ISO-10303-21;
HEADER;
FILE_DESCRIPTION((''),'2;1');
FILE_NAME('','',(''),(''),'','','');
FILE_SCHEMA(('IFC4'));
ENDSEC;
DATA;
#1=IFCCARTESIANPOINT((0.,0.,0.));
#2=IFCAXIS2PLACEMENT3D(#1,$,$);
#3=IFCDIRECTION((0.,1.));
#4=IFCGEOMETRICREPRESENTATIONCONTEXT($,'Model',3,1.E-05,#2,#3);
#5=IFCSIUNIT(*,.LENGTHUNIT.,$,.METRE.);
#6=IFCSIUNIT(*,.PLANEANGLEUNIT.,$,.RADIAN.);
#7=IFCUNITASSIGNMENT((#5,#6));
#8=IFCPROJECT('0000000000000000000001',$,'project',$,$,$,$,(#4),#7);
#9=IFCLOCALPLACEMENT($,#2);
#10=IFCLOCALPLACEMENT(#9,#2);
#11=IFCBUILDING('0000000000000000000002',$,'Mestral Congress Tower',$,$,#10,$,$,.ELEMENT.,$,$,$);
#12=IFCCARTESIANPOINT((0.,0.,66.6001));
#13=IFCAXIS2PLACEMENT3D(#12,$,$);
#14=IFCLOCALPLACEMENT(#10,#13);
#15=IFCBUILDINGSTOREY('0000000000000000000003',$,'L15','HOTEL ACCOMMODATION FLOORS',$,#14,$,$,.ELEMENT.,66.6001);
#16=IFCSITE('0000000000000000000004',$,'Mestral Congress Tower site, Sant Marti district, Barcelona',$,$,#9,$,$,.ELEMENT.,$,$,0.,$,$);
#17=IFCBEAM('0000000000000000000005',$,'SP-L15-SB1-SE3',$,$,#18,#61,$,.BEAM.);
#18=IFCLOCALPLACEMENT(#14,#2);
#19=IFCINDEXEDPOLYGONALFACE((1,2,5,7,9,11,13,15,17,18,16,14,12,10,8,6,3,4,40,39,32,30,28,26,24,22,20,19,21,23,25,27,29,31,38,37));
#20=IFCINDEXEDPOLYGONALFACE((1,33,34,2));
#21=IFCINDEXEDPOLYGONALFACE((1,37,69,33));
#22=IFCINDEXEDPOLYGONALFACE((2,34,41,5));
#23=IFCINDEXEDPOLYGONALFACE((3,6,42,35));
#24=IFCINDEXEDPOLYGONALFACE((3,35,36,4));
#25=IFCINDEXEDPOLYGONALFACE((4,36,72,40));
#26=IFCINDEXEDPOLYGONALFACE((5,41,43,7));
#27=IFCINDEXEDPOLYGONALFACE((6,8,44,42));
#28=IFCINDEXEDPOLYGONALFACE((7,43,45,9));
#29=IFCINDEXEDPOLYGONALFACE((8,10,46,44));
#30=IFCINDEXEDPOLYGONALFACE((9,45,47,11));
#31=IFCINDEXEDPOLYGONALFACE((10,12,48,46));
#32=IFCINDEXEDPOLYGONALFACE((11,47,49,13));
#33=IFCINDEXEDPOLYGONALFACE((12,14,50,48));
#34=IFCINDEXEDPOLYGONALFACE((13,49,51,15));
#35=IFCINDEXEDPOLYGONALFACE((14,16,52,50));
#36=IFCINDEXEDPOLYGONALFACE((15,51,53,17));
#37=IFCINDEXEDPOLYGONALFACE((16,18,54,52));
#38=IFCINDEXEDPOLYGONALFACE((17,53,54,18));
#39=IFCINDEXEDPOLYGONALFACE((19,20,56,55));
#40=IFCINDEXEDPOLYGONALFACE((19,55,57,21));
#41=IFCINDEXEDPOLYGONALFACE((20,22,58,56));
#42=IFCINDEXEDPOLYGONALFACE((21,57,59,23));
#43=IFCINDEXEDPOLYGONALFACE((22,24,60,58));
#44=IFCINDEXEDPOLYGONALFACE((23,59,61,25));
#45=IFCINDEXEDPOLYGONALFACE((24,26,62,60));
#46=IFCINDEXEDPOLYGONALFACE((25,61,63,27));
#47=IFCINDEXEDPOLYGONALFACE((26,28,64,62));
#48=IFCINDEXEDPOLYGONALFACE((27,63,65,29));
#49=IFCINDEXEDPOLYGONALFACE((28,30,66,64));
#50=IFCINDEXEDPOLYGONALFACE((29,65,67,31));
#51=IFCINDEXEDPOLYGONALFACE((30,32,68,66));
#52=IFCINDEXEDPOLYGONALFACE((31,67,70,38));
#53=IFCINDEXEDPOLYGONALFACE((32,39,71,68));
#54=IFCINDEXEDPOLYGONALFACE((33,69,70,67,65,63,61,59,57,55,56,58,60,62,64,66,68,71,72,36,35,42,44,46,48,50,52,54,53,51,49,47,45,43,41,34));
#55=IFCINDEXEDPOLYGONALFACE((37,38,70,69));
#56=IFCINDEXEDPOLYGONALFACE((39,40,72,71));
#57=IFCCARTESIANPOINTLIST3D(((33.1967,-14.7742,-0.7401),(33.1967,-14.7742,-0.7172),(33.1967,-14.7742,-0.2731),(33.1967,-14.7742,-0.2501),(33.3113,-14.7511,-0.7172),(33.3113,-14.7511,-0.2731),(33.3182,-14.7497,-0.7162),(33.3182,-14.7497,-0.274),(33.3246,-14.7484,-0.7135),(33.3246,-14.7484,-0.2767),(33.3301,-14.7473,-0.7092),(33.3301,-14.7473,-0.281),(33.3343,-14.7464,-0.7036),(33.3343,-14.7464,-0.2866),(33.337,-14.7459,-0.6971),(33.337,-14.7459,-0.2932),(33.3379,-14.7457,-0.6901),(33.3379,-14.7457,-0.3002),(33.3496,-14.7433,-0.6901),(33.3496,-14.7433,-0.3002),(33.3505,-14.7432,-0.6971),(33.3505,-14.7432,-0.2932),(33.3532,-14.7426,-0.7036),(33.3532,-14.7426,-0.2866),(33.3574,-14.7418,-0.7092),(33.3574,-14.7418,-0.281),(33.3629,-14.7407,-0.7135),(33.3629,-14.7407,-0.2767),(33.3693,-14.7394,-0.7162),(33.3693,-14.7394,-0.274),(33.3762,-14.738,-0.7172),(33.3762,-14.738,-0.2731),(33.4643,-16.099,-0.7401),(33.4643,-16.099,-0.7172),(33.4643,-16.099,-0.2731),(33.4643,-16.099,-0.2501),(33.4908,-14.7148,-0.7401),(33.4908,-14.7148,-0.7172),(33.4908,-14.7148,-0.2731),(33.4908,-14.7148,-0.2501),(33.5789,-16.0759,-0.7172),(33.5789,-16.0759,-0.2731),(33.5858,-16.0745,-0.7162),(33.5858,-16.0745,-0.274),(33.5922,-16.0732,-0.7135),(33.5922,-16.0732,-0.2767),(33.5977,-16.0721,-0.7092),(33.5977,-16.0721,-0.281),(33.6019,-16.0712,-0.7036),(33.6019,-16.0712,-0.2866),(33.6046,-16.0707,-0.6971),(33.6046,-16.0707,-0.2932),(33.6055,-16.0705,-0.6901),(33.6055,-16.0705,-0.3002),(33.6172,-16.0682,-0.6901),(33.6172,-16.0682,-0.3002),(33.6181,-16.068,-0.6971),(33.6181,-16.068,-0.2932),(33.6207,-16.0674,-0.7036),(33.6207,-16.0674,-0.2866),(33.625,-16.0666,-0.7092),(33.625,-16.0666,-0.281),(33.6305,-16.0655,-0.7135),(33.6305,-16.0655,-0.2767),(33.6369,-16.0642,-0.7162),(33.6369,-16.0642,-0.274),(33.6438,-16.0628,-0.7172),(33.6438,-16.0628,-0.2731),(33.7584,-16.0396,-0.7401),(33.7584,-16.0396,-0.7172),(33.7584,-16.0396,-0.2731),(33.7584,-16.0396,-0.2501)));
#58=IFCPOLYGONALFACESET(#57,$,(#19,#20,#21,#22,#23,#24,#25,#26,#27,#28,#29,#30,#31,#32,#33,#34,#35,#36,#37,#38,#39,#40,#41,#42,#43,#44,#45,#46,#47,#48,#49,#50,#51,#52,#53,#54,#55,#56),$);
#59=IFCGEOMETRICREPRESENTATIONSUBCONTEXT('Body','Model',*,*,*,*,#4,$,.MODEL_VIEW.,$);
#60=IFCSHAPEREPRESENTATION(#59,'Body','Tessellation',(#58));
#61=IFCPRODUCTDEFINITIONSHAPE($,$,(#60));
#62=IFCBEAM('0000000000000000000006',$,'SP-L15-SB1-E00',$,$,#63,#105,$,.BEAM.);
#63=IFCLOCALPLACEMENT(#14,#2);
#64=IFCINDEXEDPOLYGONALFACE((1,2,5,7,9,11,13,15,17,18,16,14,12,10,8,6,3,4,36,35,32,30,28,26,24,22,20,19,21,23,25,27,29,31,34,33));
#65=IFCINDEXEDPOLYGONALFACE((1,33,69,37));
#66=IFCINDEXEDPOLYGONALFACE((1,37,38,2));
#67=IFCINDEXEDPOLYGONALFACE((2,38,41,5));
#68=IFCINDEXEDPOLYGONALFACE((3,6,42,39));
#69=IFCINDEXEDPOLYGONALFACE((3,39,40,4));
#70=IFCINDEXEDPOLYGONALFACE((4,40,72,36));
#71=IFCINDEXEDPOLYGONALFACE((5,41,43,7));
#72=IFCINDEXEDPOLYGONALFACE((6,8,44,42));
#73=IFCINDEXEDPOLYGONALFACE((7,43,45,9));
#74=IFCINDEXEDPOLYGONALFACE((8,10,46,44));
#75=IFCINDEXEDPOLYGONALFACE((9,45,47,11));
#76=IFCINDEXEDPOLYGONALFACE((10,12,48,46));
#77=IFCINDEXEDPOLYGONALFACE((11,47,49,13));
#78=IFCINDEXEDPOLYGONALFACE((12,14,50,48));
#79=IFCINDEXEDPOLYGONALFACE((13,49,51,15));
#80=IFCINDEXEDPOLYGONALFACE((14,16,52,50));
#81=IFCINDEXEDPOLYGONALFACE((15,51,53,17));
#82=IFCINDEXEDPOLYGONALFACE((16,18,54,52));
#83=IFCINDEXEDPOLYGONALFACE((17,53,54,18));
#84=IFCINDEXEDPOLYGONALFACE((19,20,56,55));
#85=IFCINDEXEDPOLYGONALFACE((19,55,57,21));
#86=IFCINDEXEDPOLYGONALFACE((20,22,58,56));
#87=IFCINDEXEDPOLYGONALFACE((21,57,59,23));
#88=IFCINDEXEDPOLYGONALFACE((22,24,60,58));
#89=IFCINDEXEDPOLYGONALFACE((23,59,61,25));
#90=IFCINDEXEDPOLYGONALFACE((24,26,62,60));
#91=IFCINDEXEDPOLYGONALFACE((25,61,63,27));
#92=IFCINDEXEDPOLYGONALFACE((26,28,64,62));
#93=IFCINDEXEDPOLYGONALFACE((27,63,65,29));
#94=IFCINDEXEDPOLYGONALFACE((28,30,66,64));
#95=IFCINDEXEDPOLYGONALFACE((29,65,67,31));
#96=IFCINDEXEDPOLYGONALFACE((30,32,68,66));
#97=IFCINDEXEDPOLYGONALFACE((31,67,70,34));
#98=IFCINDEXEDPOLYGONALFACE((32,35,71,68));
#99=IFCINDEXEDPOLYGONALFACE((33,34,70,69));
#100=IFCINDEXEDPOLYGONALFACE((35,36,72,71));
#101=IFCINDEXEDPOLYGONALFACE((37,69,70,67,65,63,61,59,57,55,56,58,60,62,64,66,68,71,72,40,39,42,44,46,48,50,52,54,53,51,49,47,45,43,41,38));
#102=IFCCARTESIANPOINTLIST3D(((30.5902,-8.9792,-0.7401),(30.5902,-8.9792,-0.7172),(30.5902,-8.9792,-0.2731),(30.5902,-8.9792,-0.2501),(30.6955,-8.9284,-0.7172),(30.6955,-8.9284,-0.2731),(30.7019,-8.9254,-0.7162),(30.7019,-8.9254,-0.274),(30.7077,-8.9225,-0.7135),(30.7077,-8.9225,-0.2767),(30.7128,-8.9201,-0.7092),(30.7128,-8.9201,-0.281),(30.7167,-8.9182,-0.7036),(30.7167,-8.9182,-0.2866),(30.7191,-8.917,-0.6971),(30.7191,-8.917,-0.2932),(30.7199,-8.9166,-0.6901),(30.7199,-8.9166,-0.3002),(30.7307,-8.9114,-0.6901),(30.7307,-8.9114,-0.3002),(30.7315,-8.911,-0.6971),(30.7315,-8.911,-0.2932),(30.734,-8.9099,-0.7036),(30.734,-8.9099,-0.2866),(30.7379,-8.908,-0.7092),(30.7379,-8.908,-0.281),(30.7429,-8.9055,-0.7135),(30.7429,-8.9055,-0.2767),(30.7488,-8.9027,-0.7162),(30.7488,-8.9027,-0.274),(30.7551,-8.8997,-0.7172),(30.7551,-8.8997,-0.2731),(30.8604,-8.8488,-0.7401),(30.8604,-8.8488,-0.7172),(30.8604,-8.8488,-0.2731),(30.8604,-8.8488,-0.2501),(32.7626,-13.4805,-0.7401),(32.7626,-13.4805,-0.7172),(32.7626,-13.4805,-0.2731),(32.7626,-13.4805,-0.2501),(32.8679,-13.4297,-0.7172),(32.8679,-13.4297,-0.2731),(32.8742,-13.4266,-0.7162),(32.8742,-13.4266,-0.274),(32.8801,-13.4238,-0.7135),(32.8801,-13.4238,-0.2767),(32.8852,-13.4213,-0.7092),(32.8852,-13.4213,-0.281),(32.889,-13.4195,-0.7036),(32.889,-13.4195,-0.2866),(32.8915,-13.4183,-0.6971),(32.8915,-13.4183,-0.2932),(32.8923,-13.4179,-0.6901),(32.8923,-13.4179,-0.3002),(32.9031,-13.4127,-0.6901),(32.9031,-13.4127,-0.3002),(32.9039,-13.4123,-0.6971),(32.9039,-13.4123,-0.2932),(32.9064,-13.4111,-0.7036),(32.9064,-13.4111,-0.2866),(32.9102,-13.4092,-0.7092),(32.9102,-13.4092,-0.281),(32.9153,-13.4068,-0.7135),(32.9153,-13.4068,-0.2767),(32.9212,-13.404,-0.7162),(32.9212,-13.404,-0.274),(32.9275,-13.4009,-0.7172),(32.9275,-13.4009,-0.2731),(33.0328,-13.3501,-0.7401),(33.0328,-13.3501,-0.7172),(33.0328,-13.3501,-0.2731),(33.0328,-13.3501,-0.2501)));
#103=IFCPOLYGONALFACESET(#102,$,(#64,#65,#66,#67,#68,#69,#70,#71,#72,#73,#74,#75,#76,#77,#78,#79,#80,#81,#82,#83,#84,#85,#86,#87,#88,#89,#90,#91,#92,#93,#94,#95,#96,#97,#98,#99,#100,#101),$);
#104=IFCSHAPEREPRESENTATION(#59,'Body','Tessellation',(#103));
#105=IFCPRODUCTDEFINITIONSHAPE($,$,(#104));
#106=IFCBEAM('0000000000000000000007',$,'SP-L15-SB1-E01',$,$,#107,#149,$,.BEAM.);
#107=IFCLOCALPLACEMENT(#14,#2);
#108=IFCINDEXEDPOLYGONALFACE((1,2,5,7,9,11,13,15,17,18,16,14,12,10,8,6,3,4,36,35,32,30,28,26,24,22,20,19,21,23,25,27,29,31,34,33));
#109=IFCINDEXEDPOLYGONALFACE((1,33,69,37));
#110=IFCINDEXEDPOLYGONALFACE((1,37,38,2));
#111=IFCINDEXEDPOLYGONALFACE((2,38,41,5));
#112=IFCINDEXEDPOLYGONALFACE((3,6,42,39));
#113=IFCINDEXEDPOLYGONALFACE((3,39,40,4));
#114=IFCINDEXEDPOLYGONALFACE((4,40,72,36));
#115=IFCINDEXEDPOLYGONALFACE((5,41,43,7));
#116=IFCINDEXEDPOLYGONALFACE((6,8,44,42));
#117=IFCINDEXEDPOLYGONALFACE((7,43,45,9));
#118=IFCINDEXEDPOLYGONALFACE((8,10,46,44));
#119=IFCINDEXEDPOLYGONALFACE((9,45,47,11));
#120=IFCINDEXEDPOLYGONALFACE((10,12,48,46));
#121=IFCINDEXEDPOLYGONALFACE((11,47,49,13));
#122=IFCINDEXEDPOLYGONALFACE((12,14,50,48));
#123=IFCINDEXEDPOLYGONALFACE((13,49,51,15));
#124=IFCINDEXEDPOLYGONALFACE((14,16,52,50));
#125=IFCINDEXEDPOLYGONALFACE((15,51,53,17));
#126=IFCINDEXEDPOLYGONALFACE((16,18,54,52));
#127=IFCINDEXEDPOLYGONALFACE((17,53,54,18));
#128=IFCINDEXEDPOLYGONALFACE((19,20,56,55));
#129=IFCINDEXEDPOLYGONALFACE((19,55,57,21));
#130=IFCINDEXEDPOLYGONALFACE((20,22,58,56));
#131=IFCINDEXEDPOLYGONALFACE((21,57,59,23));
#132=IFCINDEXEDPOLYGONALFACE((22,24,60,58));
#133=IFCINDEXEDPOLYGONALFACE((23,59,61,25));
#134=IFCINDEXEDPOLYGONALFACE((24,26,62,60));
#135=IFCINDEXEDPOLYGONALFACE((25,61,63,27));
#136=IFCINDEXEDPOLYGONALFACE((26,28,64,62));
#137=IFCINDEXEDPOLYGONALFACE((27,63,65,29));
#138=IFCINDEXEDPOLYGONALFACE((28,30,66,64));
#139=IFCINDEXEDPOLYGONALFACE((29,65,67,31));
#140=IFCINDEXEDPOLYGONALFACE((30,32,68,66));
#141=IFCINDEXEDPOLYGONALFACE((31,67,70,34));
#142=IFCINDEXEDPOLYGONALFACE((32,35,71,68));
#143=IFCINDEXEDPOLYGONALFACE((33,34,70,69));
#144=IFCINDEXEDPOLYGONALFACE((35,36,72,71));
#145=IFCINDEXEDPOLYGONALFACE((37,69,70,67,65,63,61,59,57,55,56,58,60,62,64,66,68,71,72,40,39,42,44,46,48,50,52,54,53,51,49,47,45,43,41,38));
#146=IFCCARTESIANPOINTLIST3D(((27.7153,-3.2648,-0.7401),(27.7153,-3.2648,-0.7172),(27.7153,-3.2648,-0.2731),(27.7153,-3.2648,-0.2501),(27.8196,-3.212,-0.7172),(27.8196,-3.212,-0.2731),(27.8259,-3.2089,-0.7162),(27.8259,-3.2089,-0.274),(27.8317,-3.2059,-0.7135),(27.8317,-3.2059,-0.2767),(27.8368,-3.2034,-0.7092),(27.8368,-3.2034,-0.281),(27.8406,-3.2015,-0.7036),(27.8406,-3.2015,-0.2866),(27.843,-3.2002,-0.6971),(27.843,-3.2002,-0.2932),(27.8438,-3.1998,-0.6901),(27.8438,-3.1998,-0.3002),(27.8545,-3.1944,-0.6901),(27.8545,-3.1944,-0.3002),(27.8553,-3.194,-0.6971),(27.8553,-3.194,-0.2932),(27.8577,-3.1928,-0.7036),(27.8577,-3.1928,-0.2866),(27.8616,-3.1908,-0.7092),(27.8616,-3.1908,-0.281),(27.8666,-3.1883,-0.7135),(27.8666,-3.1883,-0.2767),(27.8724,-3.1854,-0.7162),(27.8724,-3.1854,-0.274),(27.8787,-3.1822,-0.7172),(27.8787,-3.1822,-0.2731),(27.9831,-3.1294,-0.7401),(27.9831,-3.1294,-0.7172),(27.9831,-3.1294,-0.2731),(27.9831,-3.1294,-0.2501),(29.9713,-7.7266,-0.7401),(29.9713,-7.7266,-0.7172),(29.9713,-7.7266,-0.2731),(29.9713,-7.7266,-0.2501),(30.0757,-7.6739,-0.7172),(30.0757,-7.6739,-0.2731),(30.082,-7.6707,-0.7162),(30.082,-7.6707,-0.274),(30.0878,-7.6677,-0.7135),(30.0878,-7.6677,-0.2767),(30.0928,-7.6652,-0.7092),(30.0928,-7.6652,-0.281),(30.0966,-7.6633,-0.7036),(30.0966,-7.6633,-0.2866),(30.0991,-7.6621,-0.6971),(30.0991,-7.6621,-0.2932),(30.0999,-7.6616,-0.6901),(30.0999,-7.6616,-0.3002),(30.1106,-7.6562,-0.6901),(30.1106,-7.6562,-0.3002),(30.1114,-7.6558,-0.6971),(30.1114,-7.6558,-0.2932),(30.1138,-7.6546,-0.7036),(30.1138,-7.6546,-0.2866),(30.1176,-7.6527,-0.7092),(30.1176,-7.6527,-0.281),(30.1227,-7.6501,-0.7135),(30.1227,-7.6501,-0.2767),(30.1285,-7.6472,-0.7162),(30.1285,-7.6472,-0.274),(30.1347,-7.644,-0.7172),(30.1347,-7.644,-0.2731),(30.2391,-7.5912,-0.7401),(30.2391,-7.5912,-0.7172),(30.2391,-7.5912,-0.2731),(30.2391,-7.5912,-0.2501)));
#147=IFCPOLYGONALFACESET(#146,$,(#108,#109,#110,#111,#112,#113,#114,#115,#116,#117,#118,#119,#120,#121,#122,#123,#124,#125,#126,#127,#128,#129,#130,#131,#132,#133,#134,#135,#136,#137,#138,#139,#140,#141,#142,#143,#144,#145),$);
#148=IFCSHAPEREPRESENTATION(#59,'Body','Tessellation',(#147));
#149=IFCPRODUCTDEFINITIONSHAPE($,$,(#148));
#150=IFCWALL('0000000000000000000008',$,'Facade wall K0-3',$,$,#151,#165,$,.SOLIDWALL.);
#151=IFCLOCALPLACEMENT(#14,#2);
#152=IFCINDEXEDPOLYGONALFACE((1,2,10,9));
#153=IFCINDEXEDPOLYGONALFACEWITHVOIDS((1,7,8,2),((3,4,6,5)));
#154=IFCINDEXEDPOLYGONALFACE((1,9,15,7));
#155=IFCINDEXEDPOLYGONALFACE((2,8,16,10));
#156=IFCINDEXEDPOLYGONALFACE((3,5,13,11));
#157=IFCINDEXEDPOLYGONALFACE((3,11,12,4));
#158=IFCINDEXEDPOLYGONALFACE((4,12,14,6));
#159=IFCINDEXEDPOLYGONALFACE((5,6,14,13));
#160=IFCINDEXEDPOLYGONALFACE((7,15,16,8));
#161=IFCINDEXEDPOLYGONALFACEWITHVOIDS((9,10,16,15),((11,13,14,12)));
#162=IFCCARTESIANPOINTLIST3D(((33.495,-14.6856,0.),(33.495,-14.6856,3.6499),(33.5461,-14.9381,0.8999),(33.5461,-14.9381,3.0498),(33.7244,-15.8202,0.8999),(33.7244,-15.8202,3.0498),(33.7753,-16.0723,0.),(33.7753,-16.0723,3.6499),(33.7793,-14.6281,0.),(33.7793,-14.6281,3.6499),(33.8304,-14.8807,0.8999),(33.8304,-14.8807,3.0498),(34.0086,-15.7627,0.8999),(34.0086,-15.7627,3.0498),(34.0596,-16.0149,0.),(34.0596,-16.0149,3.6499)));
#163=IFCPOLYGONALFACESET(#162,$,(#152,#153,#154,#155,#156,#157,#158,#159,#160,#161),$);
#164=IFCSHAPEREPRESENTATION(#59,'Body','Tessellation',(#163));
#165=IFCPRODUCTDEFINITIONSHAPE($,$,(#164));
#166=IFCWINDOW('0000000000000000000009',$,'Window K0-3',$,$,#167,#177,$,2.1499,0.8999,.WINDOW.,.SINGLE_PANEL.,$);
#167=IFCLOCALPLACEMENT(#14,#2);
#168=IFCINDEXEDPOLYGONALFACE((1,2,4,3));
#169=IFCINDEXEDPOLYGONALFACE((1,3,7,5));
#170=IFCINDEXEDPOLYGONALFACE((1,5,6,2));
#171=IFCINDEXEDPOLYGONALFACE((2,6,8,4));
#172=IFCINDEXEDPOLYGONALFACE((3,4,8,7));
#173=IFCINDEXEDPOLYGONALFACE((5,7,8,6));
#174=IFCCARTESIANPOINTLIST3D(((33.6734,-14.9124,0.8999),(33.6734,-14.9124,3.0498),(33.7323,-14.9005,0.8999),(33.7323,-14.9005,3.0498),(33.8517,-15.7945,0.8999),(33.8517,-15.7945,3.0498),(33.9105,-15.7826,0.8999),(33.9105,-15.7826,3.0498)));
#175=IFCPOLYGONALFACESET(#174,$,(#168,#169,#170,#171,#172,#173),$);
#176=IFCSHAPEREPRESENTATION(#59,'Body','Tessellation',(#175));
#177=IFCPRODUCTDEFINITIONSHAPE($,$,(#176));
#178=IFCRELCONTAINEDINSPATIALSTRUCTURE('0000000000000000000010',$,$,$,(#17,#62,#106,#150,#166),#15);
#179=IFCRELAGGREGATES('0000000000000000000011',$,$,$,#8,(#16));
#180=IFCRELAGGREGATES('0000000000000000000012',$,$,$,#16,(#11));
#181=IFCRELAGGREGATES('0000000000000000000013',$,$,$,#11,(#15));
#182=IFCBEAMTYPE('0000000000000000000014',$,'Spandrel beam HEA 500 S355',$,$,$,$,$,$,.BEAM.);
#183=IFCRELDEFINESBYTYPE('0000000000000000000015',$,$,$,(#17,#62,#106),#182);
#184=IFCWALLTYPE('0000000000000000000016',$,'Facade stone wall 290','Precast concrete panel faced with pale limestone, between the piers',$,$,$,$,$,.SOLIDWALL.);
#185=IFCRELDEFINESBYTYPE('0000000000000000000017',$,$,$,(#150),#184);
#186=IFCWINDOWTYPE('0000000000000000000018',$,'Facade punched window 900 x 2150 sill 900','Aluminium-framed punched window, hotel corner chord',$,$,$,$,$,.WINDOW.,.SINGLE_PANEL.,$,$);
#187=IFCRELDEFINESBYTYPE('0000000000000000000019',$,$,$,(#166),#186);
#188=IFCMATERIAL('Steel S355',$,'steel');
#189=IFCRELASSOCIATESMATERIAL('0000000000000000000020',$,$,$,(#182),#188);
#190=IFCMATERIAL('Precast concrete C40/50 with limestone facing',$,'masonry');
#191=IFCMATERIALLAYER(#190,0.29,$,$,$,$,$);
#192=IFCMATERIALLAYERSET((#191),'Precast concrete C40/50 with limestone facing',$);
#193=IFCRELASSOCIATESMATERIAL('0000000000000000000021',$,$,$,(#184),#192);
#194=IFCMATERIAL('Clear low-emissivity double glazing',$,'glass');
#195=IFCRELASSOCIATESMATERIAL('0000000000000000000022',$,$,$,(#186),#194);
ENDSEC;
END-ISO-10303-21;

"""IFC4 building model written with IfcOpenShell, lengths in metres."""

from ifc_helpers import new_model, si_unit, direction, frame, frame_2d, origin, origin_2d, place, context, subcontext, project, spatial, rectangle, i_section, extrude, material, layer, layer_set, material_profile, profile_set, type_object, element, fill, save


model = new_model("IFC4")

# Units and contexts
model_context = context("Model", 3, precision=1e-05, world=origin(), true_north=direction((0.0, 1.0)))
body_context = subcontext(model_context, "Body", "Model", "MODEL_VIEW")
ifc_project = project(units=[si_unit("LENGTHUNIT", "METRE"), si_unit("PLANEANGLEUNIT", "RADIAN")], contexts=[model_context])

# Site, building, storey
site_placement = place(None, origin())
site = spatial("IfcSite", under=ifc_project, at=site_placement, Name="Mestral Congress Tower site, Sant Marti district, Barcelona", CompositionType="ELEMENT", RefElevation=0.0)
building_placement = place(site_placement, origin())
building = spatial("IfcBuilding", under=site, at=building_placement, Name="Mestral Congress Tower", CompositionType="ELEMENT")
storey_placement = place(building_placement, frame((0.0, 0.0, 66.6001)))
storey = spatial("IfcBuildingStorey", under=building, at=storey_placement, Name="L15", Description="HOTEL ACCOMMODATION FLOORS", CompositionType="ELEMENT", Elevation=66.6001)

# Beams
ifc_material_1 = material(Name="Steel S355", Category="steel")
ifc_material_profile_1 = material_profile(ifc_material_1, i_section(OverallWidth=0.3, OverallDepth=0.49, WebThickness=0.012, FlangeThickness=0.0229, FilletRadius=0.0271, at=origin_2d()), Name="HEA 500")
ifc_profile_set_1 = profile_set([ifc_material_profile_1], Name="Steel S355")
beam_type_1 = type_object("IfcBeamType", Name="Spandrel beam HEA 500 S355", PredefinedType="BEAM", material=ifc_profile_set_1)
beam_1_placement = place(storey_placement, frame((33.6113, -16.0693, -0.4951), z_axis=(-0.197992, 0.980204, 0.0), x_axis=(-0.980204, -0.197992, 0.0)))
element("IfcBeam", 1, at=beam_1_placement, inside=storey, type_object=beam_type_1, Name="SP-L15-SB1-SE3", PredefinedType="BEAM", context=body_context, shape_type="SweptSolid", body=[
    extrude(i_section(OverallWidth=0.3, OverallDepth=0.49, WebThickness=0.012, FlangeThickness=0.0229, FilletRadius=0.0271, at=origin_2d()), origin(), (0.0, 0.0, 1.0), 1.3516),
])
beam_2_placement = place(storey_placement, frame((32.8977, -13.4153, -0.4951), z_axis=(-0.434645, 0.900602, 0.0), x_axis=(-0.900602, -0.434645, 0.0)))
element("IfcBeam", 2, at=beam_2_placement, inside=storey, type_object=beam_type_1, Name="SP-L15-SB1-E00", PredefinedType="BEAM", context=body_context, shape_type="SweptSolid", body=[
    extrude(i_section(OverallWidth=0.3, OverallDepth=0.49, WebThickness=0.012, FlangeThickness=0.0229, FilletRadius=0.0271, at=origin_2d()), origin(), (0.0, 0.0, 1.0), 4.998),
])
beam_3_placement = place(storey_placement, frame((30.1052, -7.6589, -0.4951), z_axis=(-0.451233, 0.892406, 0.0), x_axis=(-0.892406, -0.451233, 0.0)))
element("IfcBeam", 3, at=beam_3_placement, inside=storey, type_object=beam_type_1, Name="SP-L15-SB1-E01", PredefinedType="BEAM", context=body_context, shape_type="SweptSolid", body=[
    extrude(i_section(OverallWidth=0.3, OverallDepth=0.49, WebThickness=0.012, FlangeThickness=0.0229, FilletRadius=0.0271, at=origin_2d()), origin(), (0.0, 0.0, 1.0), 4.9998),
])

# Wall, opening, window
ifc_material_2 = material(Name="Precast concrete C40/50 with limestone facing", Category="masonry")
ifc_layer_1 = layer(ifc_material_2, 0.29)
ifc_layer_set_1 = layer_set([ifc_layer_1], Name="Precast concrete C40/50 with limestone facing")
wall_type_1 = type_object("IfcWallType", Name="Facade stone wall 290", Description="Precast concrete panel faced with pale limestone, between the piers", PredefinedType="SOLIDWALL", material=ifc_layer_set_1)
wall_1_placement = place(storey_placement, frame((33.9175, -16.0437, 0.0), z_axis=(0.0, 0.0, 1.0), x_axis=(-0.198107, 0.98018, 0.0)))
wall_1 = element("IfcWall", 4, at=wall_1_placement, inside=storey, type_object=wall_type_1, Name="Facade wall K0-3", PredefinedType="SOLIDWALL", context=body_context, shape_type="SweptSolid", body=[
    extrude(rectangle(XDim=1.4148, YDim=0.29, at=frame_2d((0.7075, 0.0))), origin(), (0.0, 0.0, 1.0), 3.6499),
])
opening_1_placement = place(wall_1_placement, frame((0.2573, 0.0, 0.8999)))
opening_1 = element("IfcOpeningElement", 5, at=opening_1_placement, cuts=wall_1, PredefinedType="OPENING", context=body_context, shape_type="SweptSolid", body=[
    extrude(rectangle(XDim=0.8999, YDim=2.1499, at=frame_2d((0.45, 1.075))), frame((0.0, 0.155, 0.0), z_axis=(0.0, -1.0, 0.0), x_axis=(1.0, 0.0, 0.0)), (0.0, 0.0, 1.0), 0.3101),
])
ifc_material_3 = material(Name="Clear low-emissivity double glazing", Category="glass")
window_type_1 = type_object("IfcWindowType", Name="Facade punched window 900 x 2150 sill 900", Description="Aluminium-framed punched window, hotel corner chord", PartitioningType="SINGLE_PANEL", PredefinedType="WINDOW", material=ifc_material_3)
window_1_placement = place(opening_1_placement, origin())
window_1 = element("IfcWindow", 6, at=window_1_placement, inside=storey, type_object=window_type_1, Name="Window K0-3", OverallHeight=2.1499, OverallWidth=0.8999, PartitioningType="SINGLE_PANEL", PredefinedType="WINDOW", context=body_context, shape_type="SweptSolid", body=[
    extrude(rectangle(XDim=0.8999, YDim=2.1499, at=frame_2d((0.45, 1.075))), frame((0.0, 0.0151, 0.0), z_axis=(0.0, -1.0, 0.0), x_axis=(1.0, 0.0, 0.0)), (0.0, 0.0, 1.0), 0.0601),
])
fill(opening_1, window_1)

save(model, "model.ifc")
